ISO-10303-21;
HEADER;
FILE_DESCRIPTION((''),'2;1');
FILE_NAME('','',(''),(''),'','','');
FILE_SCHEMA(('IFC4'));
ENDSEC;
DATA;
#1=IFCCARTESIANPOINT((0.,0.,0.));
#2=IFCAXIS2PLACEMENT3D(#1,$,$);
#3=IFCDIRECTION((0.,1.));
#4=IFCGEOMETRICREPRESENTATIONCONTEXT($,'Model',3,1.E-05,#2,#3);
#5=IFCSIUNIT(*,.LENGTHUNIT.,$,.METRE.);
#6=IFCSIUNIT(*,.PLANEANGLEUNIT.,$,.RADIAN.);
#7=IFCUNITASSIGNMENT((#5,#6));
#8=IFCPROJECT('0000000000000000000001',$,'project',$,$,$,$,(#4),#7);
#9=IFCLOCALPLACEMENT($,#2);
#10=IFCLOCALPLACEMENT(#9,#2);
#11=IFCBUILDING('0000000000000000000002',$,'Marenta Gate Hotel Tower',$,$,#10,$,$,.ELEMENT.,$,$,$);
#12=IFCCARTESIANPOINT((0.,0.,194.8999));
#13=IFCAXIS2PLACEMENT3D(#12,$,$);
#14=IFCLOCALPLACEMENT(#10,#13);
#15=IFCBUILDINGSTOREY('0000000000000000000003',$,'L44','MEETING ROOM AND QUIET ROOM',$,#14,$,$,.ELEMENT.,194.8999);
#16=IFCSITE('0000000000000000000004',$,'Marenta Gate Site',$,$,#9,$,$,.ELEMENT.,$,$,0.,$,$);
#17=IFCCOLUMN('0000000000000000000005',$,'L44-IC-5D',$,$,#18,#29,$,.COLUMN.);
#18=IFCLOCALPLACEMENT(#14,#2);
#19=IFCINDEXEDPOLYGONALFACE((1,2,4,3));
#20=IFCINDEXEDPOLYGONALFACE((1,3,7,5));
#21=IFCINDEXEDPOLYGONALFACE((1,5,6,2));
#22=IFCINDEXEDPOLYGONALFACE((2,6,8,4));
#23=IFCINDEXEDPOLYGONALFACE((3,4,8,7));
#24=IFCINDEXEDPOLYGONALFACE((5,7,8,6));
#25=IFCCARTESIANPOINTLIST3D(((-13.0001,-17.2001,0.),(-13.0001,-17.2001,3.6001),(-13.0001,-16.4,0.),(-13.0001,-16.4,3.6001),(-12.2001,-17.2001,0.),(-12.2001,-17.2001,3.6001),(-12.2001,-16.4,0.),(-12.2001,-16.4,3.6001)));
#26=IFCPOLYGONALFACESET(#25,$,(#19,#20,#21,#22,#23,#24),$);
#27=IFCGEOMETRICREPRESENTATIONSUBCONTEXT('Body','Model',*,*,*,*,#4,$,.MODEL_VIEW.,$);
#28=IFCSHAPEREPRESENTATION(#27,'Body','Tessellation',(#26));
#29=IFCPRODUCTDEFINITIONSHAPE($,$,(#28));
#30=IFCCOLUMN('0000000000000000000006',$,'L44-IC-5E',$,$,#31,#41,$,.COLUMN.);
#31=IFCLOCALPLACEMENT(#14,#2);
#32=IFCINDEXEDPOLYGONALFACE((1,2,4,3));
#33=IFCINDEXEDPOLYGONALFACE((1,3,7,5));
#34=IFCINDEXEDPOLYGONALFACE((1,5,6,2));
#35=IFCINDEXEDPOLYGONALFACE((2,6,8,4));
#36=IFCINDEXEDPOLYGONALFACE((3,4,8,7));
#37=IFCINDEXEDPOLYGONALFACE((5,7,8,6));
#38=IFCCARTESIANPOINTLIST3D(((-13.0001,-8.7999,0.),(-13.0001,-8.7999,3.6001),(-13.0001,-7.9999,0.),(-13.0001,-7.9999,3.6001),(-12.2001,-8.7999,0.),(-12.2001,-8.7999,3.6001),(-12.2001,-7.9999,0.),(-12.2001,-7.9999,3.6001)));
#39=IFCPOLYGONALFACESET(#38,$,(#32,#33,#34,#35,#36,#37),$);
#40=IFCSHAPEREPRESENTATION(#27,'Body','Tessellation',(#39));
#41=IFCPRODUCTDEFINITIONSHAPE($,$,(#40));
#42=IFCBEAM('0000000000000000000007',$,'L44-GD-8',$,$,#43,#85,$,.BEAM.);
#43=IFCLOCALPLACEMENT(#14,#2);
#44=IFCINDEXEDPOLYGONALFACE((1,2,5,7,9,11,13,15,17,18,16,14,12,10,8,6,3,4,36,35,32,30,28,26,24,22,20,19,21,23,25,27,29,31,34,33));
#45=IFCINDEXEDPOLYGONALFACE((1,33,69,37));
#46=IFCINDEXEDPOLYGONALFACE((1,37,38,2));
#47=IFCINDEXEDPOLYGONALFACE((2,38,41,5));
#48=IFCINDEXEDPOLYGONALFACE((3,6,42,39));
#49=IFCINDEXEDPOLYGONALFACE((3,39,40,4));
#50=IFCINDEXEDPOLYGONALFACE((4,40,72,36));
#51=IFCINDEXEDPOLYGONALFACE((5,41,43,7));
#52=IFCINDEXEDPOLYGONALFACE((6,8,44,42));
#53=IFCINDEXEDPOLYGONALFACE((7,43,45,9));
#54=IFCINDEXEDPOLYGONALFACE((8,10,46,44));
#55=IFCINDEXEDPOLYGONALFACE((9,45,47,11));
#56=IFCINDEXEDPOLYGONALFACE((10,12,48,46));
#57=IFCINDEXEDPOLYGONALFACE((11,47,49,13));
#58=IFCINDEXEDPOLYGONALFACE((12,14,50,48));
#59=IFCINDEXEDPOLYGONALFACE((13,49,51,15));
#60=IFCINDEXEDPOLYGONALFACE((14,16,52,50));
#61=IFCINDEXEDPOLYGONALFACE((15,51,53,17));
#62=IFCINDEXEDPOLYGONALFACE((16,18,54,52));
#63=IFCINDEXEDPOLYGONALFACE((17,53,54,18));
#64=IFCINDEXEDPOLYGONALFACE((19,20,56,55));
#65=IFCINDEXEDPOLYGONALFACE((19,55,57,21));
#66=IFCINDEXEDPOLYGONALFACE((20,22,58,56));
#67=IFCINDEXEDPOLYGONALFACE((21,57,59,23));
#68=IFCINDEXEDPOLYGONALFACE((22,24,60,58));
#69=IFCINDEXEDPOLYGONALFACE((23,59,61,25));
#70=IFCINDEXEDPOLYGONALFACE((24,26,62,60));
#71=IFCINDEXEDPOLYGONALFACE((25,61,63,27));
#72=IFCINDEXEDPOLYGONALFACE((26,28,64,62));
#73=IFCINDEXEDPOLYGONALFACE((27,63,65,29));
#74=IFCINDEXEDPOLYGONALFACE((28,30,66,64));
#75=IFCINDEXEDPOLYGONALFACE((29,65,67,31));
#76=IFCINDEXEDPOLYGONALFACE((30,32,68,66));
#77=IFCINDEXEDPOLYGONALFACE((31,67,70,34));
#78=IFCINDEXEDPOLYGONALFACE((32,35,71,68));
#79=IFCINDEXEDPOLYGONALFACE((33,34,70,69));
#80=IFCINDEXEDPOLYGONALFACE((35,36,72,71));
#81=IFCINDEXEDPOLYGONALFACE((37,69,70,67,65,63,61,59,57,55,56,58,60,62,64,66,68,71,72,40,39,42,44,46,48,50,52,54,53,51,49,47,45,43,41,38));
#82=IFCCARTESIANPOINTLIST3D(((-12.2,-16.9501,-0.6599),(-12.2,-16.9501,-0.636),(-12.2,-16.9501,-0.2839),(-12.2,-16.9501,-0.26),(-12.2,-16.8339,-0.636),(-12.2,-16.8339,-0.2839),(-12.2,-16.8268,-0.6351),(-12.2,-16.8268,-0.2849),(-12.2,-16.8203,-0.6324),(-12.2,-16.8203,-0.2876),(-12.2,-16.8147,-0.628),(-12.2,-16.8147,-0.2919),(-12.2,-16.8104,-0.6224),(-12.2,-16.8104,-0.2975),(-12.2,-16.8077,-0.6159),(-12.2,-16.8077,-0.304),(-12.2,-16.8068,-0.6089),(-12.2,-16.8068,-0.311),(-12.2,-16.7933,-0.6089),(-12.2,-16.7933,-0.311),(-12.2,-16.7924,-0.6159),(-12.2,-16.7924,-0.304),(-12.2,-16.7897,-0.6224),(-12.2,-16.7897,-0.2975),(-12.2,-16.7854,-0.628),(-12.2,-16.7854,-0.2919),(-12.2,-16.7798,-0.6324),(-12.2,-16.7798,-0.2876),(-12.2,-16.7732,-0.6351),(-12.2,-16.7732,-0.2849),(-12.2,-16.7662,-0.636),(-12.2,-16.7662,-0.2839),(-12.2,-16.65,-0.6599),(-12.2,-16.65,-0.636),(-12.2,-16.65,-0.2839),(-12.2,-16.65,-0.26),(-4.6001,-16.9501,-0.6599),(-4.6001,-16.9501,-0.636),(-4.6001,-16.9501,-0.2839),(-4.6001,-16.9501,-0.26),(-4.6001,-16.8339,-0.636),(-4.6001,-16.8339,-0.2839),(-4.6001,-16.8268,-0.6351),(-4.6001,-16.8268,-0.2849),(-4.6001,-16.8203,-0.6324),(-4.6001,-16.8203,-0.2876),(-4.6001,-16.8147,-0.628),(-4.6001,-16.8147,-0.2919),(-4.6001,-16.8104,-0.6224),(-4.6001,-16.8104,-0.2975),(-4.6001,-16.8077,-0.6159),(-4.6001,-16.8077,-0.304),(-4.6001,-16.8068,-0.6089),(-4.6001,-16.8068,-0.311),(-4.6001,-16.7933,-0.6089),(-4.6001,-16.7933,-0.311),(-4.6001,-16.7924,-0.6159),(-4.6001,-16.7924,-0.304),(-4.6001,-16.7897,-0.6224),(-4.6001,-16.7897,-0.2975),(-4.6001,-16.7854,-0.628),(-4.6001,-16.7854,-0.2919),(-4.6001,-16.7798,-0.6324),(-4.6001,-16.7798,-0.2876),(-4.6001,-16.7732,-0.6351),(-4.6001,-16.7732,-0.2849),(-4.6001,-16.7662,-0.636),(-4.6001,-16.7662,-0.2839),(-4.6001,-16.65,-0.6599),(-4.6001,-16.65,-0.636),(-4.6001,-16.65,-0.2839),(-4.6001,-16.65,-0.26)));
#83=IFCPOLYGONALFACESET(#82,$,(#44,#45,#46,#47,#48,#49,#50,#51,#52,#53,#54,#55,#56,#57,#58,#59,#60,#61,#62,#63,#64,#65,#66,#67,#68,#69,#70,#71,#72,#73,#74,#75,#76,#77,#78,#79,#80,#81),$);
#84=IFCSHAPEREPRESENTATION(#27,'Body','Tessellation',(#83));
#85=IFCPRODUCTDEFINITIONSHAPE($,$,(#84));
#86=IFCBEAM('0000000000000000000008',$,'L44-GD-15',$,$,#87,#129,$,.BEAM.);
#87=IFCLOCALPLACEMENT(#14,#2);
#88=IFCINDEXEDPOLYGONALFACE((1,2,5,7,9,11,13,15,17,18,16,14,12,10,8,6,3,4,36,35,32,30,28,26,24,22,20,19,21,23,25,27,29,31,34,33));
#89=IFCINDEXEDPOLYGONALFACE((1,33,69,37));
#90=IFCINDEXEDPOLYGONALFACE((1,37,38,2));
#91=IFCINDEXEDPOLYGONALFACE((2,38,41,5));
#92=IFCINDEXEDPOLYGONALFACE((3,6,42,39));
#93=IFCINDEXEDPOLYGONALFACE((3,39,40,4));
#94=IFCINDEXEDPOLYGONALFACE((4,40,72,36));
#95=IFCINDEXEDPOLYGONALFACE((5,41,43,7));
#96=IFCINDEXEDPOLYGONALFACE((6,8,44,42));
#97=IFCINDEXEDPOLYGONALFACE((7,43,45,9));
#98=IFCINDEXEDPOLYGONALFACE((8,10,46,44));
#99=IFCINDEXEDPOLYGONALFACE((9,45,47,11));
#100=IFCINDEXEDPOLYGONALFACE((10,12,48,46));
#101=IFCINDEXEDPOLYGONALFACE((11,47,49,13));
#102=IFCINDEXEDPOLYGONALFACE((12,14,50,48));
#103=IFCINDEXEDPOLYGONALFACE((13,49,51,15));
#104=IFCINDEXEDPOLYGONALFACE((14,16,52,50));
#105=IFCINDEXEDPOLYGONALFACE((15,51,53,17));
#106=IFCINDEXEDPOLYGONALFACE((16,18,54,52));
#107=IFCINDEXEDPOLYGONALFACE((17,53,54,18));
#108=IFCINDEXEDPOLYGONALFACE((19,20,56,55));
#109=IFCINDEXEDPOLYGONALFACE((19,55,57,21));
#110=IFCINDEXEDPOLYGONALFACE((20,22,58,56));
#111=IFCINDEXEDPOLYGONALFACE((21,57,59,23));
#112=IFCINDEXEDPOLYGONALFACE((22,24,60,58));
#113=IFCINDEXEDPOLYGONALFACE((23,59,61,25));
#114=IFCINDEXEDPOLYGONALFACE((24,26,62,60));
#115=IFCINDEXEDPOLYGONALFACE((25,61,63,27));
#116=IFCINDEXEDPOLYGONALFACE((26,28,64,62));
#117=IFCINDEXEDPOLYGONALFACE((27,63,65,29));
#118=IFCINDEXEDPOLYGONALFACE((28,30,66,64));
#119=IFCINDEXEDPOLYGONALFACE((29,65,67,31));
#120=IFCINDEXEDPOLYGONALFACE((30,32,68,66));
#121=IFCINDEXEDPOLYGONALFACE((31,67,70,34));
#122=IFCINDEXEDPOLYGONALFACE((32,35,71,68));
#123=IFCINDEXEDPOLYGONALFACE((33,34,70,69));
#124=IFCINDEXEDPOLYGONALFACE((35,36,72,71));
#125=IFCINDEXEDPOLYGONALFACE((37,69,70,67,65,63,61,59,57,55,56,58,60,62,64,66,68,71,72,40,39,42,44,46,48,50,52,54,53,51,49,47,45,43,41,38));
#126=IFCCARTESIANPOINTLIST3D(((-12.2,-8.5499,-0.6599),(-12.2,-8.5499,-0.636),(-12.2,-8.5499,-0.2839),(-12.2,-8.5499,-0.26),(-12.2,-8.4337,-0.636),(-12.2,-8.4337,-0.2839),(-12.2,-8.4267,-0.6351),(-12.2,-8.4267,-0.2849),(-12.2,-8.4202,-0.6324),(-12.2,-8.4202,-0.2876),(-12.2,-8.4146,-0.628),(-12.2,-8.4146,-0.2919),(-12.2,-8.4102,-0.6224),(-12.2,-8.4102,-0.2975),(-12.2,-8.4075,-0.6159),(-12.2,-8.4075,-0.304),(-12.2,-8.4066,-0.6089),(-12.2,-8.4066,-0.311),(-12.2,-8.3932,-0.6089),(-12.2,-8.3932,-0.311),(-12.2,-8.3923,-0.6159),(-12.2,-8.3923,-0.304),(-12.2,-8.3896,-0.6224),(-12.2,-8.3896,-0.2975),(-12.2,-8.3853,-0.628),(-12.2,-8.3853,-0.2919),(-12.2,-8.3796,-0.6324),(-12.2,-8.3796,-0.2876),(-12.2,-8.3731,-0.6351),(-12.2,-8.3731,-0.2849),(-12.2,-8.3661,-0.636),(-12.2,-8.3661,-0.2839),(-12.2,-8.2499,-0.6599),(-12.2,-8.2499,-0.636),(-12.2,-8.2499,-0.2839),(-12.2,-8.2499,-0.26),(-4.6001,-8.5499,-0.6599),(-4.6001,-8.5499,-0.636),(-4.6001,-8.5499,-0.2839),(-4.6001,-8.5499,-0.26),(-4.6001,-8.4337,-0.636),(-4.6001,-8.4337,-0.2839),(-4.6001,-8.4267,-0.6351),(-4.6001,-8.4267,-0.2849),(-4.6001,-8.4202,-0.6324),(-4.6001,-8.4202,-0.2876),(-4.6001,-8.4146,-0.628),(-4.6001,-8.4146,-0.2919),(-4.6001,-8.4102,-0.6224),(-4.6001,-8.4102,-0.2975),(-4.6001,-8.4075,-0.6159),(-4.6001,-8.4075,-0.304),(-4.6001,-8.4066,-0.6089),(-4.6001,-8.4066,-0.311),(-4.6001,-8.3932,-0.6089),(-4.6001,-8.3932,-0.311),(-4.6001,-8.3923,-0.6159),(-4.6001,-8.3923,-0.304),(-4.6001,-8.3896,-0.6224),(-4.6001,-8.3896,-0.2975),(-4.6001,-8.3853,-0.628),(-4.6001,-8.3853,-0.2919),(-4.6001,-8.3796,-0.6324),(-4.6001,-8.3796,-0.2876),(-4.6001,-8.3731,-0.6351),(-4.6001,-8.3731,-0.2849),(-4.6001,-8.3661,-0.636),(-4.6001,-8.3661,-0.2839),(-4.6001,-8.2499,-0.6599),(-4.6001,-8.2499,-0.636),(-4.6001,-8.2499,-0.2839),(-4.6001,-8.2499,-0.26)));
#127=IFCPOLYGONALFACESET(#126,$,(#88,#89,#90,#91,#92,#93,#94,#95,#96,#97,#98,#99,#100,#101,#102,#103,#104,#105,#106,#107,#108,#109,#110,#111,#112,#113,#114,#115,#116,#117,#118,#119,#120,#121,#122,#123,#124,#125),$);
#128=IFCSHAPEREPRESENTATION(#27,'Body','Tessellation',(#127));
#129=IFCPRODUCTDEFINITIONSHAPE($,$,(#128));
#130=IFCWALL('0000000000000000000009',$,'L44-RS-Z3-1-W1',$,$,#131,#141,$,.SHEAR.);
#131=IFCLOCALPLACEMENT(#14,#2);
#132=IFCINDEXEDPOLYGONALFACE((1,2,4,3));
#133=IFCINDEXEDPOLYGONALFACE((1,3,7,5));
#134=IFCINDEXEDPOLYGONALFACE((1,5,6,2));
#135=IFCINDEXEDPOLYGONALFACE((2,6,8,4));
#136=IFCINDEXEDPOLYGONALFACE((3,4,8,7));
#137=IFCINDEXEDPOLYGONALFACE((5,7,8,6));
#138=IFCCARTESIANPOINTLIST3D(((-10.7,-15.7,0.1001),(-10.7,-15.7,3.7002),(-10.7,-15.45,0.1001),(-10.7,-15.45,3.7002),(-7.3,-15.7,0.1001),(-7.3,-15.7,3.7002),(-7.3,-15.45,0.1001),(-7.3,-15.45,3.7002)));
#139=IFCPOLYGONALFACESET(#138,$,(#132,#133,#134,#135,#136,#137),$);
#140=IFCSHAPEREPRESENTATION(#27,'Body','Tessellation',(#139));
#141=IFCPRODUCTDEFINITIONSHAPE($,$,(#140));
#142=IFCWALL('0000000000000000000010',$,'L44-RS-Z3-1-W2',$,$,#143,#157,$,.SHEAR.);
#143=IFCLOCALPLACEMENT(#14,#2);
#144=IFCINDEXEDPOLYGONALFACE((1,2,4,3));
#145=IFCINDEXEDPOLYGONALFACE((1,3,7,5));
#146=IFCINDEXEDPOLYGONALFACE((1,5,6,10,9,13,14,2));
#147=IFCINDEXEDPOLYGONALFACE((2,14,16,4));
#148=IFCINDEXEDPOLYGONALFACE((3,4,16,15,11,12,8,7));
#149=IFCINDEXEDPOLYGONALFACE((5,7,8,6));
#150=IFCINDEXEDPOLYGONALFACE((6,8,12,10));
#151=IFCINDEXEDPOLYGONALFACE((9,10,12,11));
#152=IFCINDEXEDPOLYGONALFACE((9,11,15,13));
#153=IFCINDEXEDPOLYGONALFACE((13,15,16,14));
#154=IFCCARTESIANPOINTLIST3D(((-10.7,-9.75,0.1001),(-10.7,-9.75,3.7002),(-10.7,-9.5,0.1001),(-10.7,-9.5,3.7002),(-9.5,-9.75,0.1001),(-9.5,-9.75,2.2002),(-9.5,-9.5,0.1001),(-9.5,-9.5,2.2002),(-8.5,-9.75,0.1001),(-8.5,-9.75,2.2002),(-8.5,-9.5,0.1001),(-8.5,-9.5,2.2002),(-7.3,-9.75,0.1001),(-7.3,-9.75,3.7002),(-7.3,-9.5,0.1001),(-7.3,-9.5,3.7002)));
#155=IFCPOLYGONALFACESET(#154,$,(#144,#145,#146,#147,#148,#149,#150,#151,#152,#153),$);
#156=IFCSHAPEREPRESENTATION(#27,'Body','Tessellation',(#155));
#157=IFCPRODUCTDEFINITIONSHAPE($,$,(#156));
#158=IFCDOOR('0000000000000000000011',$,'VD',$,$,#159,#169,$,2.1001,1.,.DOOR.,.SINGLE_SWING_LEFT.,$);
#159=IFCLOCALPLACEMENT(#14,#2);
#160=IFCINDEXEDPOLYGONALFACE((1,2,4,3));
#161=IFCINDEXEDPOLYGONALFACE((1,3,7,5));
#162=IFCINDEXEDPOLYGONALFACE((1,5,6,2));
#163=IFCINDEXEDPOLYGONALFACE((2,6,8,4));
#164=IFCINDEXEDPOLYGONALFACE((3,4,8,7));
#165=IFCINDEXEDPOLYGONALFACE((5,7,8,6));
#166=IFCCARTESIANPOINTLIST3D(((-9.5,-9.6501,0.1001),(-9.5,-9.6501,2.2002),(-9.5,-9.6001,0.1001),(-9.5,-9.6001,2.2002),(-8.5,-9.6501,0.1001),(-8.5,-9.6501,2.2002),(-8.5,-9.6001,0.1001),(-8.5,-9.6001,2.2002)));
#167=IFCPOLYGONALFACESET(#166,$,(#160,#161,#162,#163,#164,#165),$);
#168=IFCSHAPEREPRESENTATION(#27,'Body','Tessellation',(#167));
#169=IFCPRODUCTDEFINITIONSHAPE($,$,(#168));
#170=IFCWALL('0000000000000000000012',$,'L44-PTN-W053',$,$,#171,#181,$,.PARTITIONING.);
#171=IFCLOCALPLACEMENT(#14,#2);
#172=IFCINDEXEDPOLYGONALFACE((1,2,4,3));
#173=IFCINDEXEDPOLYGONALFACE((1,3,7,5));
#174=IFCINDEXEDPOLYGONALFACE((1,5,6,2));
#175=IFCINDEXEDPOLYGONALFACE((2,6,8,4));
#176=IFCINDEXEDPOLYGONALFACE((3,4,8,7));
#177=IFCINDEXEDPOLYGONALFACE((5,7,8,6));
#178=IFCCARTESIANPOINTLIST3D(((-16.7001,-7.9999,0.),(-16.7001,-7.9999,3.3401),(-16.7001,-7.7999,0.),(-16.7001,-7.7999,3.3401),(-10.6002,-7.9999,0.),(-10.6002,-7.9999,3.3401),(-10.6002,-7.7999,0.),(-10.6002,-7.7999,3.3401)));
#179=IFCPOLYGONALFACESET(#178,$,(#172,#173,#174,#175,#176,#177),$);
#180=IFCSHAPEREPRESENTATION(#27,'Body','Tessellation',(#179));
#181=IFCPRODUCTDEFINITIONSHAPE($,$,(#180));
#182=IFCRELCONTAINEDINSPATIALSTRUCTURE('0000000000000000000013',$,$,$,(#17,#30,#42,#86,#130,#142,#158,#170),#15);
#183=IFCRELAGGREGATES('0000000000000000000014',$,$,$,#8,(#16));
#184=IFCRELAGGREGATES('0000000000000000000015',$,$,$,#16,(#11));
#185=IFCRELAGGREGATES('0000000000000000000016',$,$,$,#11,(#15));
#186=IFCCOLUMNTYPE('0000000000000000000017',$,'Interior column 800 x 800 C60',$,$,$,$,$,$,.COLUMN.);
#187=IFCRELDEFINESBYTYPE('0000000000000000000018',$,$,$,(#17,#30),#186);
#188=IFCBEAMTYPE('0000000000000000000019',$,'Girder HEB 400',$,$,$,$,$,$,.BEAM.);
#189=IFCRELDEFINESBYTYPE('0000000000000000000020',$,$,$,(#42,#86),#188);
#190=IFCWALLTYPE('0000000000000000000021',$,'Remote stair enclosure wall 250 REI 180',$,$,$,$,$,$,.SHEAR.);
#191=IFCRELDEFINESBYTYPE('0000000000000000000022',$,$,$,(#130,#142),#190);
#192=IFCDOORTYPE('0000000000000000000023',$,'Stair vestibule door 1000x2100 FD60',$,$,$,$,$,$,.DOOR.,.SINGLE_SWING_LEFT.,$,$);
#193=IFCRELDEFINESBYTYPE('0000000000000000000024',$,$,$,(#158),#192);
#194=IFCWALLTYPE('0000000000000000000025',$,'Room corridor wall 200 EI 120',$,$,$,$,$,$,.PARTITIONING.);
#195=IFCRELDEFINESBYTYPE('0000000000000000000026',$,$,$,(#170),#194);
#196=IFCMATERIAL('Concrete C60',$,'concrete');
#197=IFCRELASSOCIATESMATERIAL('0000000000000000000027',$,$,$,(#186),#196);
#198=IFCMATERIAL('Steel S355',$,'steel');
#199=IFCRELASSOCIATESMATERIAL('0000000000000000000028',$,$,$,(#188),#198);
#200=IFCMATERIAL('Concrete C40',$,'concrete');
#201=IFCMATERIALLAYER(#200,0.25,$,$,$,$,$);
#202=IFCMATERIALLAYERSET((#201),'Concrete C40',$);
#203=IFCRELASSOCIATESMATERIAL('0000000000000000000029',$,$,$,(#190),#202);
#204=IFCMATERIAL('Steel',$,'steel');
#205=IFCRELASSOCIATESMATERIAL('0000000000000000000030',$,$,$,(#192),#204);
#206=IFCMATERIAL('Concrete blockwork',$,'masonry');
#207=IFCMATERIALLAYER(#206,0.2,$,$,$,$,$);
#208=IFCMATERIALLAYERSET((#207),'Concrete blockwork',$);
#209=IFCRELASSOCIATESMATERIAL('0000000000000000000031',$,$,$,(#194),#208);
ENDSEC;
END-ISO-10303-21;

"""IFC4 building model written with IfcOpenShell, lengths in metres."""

from ifc_helpers import new_model, si_unit, direction, frame, frame_2d, origin, origin_2d, place, context, subcontext, project, spatial, rectangle, i_section, extrude, material, layer, layer_set, material_profile, profile_set, type_object, element, fill, save


model = new_model("IFC4")

# Units and contexts
model_context = context("Model", 3, precision=1e-05, world=origin(), true_north=direction((0.0, 1.0)))
body_context = subcontext(model_context, "Body", "Model", "MODEL_VIEW")
ifc_project = project(units=[si_unit("LENGTHUNIT", "METRE"), si_unit("PLANEANGLEUNIT", "RADIAN")], contexts=[model_context])

# Site, building, storey
site_placement = place(None, origin())
site = spatial("IfcSite", under=ifc_project, at=site_placement, Name="Marenta Gate Site", CompositionType="ELEMENT", RefElevation=0.0)
building_placement = place(site_placement, origin())
building = spatial("IfcBuilding", under=site, at=building_placement, Name="Marenta Gate Hotel Tower", CompositionType="ELEMENT")
storey_placement = place(building_placement, frame((0.0, 0.0, 194.8999)))
storey = spatial("IfcBuildingStorey", under=building, at=storey_placement, Name="L44", Description="MEETING ROOM AND QUIET ROOM", CompositionType="ELEMENT", Elevation=194.8999)

# Columns
ifc_material_1 = material(Name="Concrete C60", Category="concrete")
ifc_material_profile_1 = material_profile(ifc_material_1, rectangle(XDim=0.8, YDim=0.8, at=origin_2d()), Name="800 x 800")
ifc_profile_set_1 = profile_set([ifc_material_profile_1], Name="Concrete C60")
column_type = type_object("IfcColumnType", Name="Interior column 800 x 800 C60", PredefinedType="COLUMN", material=ifc_profile_set_1)
for number, where, z_axis, x_axis, name in (
    (1, (-12.6001, -16.8, 0.0), (0.0, 0.0, 1.0), (1.0, 0.0, 0.0), "L44-IC-5D"),
    (2, (-12.6001, -8.3999, 0.0), (0.0, 0.0, 1.0), (1.0, 0.0, 0.0), "L44-IC-5E"),
):
    element("IfcColumn", number, at=place(storey_placement, frame(where, z_axis=z_axis, x_axis=x_axis)), inside=storey, type_object=column_type, Name=name, PredefinedType="COLUMN", context=body_context, shape_type="SweptSolid", body=[
        extrude(rectangle(XDim=0.8, YDim=0.8, at=origin_2d()), origin(), (0.0, 0.0, 1.0), 3.6001),
    ])

# Beams
ifc_material_2 = material(Name="Steel S355", Category="steel")
ifc_material_profile_2 = material_profile(ifc_material_2, i_section(OverallWidth=0.3, OverallDepth=0.3999, WebThickness=0.0134, FlangeThickness=0.0239, FilletRadius=0.0271, at=origin_2d()), Name="HEB 400")
ifc_profile_set_2 = profile_set([ifc_material_profile_2], Name="Steel S355")
beam_type = type_object("IfcBeamType", Name="Girder HEB 400", PredefinedType="BEAM", material=ifc_profile_set_2)
for number, where, z_axis, x_axis, name in (
    (3, (-12.2, -16.8, -0.46), (1.0, 0.0, 0.0), (0.0, 1.0, 0.0), "L44-GD-8"),
    (4, (-12.2, -8.3999, -0.46), (1.0, 0.0, 0.0), (0.0, 1.0, 0.0), "L44-GD-15"),
):
    element("IfcBeam", number, at=place(storey_placement, frame(where, z_axis=z_axis, x_axis=x_axis)), inside=storey, type_object=beam_type, Name=name, PredefinedType="BEAM", context=body_context, shape_type="SweptSolid", body=[
        extrude(i_section(OverallWidth=0.3, OverallDepth=0.3999, WebThickness=0.0134, FlangeThickness=0.0239, FilletRadius=0.0271, at=origin_2d()), origin(), (0.0, 0.0, 1.0), 7.5999),
    ])

# Wall
ifc_material_3 = material(Name="Concrete C40", Category="concrete")
ifc_layer_1 = layer(ifc_material_3, 0.25)
ifc_layer_set_1 = layer_set([ifc_layer_1], Name="Concrete C40")
wall_type_1 = type_object("IfcWallType", Name="Remote stair enclosure wall 250 REI 180", PredefinedType="SHEAR", material=ifc_layer_set_1)
wall_1_placement = place(storey_placement, frame((-10.7, -15.575, 0.1001), z_axis=(0.0, 0.0, 1.0), x_axis=(1.0, 0.0, 0.0)))
element("IfcWall", 5, at=wall_1_placement, inside=storey, type_object=wall_type_1, Name="L44-RS-Z3-1-W1", PredefinedType="SHEAR", context=body_context, shape_type="SweptSolid", body=[
    extrude(rectangle(XDim=3.3999, YDim=0.25, at=frame_2d((1.7, 0.0))), origin(), (0.0, 0.0, 1.0), 3.6001),
])

# Wall, opening, door
wall_2_placement = place(storey_placement, frame((-10.7, -9.625, 0.1001), z_axis=(0.0, 0.0, 1.0), x_axis=(1.0, 0.0, 0.0)))
wall_2 = element("IfcWall", 6, at=wall_2_placement, inside=storey, type_object=wall_type_1, Name="L44-RS-Z3-1-W2", PredefinedType="SHEAR", context=body_context, shape_type="SweptSolid", body=[
    extrude(rectangle(XDim=3.3999, YDim=0.25, at=frame_2d((1.7, 0.0))), origin(), (0.0, 0.0, 1.0), 3.6001),
])
opening_1_placement = place(wall_2_placement, frame((1.2, 0.0, 0.0)))
opening_1 = element("IfcOpeningElement", 7, at=opening_1_placement, cuts=wall_2, PredefinedType="OPENING", context=body_context, shape_type="SweptSolid", body=[
    extrude(rectangle(XDim=1.0, YDim=2.1001, at=frame_2d((0.5, 1.05))), frame((0.0, 0.125, 0.0), z_axis=(0.0, -1.0, 0.0), x_axis=(1.0, 0.0, 0.0)), (0.0, 0.0, 1.0), 0.25),
])
ifc_material_4 = material(Name="Steel", Category="steel")
door_type_1 = type_object("IfcDoorType", Name="Stair vestibule door 1000x2100 FD60", OperationType="SINGLE_SWING_LEFT", PredefinedType="DOOR", material=ifc_material_4)
door_1_placement = place(opening_1_placement, origin())
door_1 = element("IfcDoor", 8, at=door_1_placement, inside=storey, type_object=door_type_1, Name="VD", OperationType="SINGLE_SWING_LEFT", OverallHeight=2.1001, OverallWidth=1.0, PredefinedType="DOOR", context=body_context, shape_type="SweptSolid", body=[
    extrude(rectangle(XDim=1.0, YDim=2.1001, at=frame_2d((0.5, 1.05))), frame((0.0, 0.0249, 0.0), z_axis=(0.0, -1.0, 0.0), x_axis=(1.0, 0.0, 0.0)), (0.0, 0.0, 1.0), 0.05),
])
fill(opening_1, door_1)

# Wall
ifc_material_5 = material(Name="Concrete blockwork", Category="masonry")
ifc_layer_2 = layer(ifc_material_5, 0.2)
ifc_layer_set_2 = layer_set([ifc_layer_2], Name="Concrete blockwork")
wall_type_2 = type_object("IfcWallType", Name="Room corridor wall 200 EI 120", PredefinedType="PARTITIONING", material=ifc_layer_set_2)
wall_3_placement = place(storey_placement, frame((-16.7, -7.8999, 0.0), z_axis=(0.0, 0.0, 1.0), x_axis=(1.0, 0.0, 0.0)))
element("IfcWall", 9, at=wall_3_placement, inside=storey, type_object=wall_type_2, Name="L44-PTN-W053", PredefinedType="PARTITIONING", context=body_context, shape_type="SweptSolid", body=[
    extrude(rectangle(XDim=6.0999, YDim=0.2, at=frame_2d((3.0498, 0.0))), origin(), (0.0, 0.0, 1.0), 3.3401),
])

save(model, "model.ifc")
